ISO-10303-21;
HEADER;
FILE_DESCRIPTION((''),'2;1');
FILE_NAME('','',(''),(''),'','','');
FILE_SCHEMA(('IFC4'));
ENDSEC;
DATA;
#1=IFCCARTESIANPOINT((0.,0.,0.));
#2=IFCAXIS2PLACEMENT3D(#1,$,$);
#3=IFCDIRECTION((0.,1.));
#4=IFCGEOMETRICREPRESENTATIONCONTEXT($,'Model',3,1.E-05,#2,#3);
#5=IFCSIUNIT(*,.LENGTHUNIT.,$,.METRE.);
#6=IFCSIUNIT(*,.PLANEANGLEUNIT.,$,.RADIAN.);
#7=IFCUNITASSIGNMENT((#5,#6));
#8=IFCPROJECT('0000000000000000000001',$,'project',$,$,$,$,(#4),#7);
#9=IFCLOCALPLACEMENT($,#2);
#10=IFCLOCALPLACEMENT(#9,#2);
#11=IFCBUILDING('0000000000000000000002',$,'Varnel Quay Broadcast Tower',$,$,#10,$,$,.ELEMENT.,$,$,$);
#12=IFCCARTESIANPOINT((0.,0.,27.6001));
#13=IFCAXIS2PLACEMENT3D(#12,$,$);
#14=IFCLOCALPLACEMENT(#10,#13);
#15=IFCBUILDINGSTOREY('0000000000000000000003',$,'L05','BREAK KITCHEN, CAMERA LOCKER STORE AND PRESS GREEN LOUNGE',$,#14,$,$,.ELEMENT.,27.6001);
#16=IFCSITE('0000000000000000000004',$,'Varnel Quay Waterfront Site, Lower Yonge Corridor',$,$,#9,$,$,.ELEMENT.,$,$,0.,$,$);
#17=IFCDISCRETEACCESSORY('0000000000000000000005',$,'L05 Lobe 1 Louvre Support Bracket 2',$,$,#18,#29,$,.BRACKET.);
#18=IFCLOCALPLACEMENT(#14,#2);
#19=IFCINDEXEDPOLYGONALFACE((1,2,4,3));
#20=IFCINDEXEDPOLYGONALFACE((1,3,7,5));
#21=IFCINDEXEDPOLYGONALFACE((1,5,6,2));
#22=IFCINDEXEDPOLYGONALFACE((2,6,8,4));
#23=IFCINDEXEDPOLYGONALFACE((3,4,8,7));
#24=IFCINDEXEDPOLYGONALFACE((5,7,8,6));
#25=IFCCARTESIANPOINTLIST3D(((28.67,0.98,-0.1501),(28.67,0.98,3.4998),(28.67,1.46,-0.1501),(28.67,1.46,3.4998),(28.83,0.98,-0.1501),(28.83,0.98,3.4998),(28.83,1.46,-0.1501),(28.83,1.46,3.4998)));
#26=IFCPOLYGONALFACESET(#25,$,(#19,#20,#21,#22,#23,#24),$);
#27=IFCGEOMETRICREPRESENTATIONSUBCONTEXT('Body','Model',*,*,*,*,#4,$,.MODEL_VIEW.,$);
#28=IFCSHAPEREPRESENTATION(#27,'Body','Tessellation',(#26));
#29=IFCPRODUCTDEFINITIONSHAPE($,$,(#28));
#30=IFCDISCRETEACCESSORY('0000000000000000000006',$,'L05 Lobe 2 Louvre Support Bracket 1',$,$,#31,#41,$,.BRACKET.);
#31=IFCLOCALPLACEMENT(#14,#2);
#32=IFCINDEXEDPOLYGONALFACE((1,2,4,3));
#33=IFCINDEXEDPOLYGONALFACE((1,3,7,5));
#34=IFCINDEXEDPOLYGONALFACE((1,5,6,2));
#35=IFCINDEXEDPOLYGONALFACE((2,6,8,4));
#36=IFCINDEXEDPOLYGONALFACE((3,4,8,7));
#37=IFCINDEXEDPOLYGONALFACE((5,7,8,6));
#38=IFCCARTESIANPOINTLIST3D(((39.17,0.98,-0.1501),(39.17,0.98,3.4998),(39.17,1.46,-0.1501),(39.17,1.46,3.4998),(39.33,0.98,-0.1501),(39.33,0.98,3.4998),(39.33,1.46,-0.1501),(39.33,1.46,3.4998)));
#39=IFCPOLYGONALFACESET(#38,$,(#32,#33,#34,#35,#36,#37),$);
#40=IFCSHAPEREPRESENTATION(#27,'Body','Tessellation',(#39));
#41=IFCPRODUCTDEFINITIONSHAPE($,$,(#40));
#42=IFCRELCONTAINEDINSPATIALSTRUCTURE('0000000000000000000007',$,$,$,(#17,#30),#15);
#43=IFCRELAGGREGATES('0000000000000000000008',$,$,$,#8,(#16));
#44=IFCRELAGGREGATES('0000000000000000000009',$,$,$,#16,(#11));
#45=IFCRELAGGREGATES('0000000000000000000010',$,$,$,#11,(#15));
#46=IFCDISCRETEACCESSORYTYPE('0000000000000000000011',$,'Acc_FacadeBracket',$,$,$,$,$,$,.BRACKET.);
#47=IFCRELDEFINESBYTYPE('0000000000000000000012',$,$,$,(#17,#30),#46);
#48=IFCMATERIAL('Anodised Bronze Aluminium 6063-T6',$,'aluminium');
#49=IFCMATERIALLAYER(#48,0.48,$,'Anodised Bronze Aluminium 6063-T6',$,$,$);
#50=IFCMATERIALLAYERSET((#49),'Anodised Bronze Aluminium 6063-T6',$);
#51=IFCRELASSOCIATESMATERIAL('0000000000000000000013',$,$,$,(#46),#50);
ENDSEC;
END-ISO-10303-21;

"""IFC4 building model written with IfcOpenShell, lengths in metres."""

from ifc_helpers import new_model, si_unit, direction, frame, origin, origin_2d, place, context, subcontext, project, spatial, rectangle, extrude, source, transform, mapped, material, layer, layer_set, type_object, type_shapes, element, save


model = new_model("IFC4")

# Units and contexts
model_context = context("Model", 3, precision=1e-05, world=origin(), true_north=direction((0.0, 1.0)))
body_context = subcontext(model_context, "Body", "Model", "MODEL_VIEW")
ifc_project = project(units=[si_unit("LENGTHUNIT", "METRE"), si_unit("PLANEANGLEUNIT", "RADIAN")], contexts=[model_context])

# Site, building, storey
site_placement = place(None, origin())
site = spatial("IfcSite", under=ifc_project, at=site_placement, Name="Varnel Quay Waterfront Site, Lower Yonge Corridor", CompositionType="ELEMENT", RefElevation=0.0)
building_placement = place(site_placement, origin())
building = spatial("IfcBuilding", under=site, at=building_placement, Name="Varnel Quay Broadcast Tower", CompositionType="ELEMENT")
storey_placement = place(building_placement, frame((0.0, 0.0, 27.6001)))
storey = spatial("IfcBuildingStorey", under=building, at=storey_placement, Name="L05", Description="BREAK KITCHEN, CAMERA LOCKER STORE AND PRESS GREEN LOUNGE", CompositionType="ELEMENT", Elevation=27.6001)

# Shared definitions
ifc_material_1 = material(Name="Anodised Bronze Aluminium 6063-T6", Category="aluminium")

# Discrete accessories
ifc_layer_1 = layer(ifc_material_1, 0.48, Name="Anodised Bronze Aluminium 6063-T6")
ifc_layer_set_1 = layer_set([ifc_layer_1], Name="Anodised Bronze Aluminium 6063-T6")
discrete_accessory_type = type_object("IfcDiscreteAccessoryType", Name="Acc_FacadeBracket", PredefinedType="BRACKET", material=ifc_layer_set_1)
shared_shape_1 = source(origin(), body_context, "Body", "SweptSolid", [
    extrude(rectangle(XDim=0.1599, YDim=0.48, at=origin_2d()), origin(), (0.0, 0.0, 1.0), 3.6499),
])
type_shapes(discrete_accessory_type, [shared_shape_1])
for number, where, z_axis, x_axis, name in (
    (1, (28.75, 1.22, -0.1501), (0.0, 0.0, 1.0), (1.0, 0.0, 0.0), "L05 Lobe 1 Louvre Support Bracket 2"),
    (2, (39.25, 1.22, -0.1501), (0.0, 0.0, 1.0), (1.0, 0.0, 0.0), "L05 Lobe 2 Louvre Support Bracket 1"),
):
    element("IfcDiscreteAccessory", number, at=place(storey_placement, frame(where, z_axis=z_axis, x_axis=x_axis)), inside=storey, type_object=discrete_accessory_type, Name=name, PredefinedType="BRACKET", context=body_context, shape_type="MappedRepresentation", body=[
        mapped(shared_shape_1, transform((0.0, 0.0, 0.0), x_axis=(1.0, 0.0, 0.0), y_axis=(0.0, 1.0, 0.0), z_axis=(0.0, 0.0, 1.0), scale=1.0)),
    ])

save(model, "model.ifc")
